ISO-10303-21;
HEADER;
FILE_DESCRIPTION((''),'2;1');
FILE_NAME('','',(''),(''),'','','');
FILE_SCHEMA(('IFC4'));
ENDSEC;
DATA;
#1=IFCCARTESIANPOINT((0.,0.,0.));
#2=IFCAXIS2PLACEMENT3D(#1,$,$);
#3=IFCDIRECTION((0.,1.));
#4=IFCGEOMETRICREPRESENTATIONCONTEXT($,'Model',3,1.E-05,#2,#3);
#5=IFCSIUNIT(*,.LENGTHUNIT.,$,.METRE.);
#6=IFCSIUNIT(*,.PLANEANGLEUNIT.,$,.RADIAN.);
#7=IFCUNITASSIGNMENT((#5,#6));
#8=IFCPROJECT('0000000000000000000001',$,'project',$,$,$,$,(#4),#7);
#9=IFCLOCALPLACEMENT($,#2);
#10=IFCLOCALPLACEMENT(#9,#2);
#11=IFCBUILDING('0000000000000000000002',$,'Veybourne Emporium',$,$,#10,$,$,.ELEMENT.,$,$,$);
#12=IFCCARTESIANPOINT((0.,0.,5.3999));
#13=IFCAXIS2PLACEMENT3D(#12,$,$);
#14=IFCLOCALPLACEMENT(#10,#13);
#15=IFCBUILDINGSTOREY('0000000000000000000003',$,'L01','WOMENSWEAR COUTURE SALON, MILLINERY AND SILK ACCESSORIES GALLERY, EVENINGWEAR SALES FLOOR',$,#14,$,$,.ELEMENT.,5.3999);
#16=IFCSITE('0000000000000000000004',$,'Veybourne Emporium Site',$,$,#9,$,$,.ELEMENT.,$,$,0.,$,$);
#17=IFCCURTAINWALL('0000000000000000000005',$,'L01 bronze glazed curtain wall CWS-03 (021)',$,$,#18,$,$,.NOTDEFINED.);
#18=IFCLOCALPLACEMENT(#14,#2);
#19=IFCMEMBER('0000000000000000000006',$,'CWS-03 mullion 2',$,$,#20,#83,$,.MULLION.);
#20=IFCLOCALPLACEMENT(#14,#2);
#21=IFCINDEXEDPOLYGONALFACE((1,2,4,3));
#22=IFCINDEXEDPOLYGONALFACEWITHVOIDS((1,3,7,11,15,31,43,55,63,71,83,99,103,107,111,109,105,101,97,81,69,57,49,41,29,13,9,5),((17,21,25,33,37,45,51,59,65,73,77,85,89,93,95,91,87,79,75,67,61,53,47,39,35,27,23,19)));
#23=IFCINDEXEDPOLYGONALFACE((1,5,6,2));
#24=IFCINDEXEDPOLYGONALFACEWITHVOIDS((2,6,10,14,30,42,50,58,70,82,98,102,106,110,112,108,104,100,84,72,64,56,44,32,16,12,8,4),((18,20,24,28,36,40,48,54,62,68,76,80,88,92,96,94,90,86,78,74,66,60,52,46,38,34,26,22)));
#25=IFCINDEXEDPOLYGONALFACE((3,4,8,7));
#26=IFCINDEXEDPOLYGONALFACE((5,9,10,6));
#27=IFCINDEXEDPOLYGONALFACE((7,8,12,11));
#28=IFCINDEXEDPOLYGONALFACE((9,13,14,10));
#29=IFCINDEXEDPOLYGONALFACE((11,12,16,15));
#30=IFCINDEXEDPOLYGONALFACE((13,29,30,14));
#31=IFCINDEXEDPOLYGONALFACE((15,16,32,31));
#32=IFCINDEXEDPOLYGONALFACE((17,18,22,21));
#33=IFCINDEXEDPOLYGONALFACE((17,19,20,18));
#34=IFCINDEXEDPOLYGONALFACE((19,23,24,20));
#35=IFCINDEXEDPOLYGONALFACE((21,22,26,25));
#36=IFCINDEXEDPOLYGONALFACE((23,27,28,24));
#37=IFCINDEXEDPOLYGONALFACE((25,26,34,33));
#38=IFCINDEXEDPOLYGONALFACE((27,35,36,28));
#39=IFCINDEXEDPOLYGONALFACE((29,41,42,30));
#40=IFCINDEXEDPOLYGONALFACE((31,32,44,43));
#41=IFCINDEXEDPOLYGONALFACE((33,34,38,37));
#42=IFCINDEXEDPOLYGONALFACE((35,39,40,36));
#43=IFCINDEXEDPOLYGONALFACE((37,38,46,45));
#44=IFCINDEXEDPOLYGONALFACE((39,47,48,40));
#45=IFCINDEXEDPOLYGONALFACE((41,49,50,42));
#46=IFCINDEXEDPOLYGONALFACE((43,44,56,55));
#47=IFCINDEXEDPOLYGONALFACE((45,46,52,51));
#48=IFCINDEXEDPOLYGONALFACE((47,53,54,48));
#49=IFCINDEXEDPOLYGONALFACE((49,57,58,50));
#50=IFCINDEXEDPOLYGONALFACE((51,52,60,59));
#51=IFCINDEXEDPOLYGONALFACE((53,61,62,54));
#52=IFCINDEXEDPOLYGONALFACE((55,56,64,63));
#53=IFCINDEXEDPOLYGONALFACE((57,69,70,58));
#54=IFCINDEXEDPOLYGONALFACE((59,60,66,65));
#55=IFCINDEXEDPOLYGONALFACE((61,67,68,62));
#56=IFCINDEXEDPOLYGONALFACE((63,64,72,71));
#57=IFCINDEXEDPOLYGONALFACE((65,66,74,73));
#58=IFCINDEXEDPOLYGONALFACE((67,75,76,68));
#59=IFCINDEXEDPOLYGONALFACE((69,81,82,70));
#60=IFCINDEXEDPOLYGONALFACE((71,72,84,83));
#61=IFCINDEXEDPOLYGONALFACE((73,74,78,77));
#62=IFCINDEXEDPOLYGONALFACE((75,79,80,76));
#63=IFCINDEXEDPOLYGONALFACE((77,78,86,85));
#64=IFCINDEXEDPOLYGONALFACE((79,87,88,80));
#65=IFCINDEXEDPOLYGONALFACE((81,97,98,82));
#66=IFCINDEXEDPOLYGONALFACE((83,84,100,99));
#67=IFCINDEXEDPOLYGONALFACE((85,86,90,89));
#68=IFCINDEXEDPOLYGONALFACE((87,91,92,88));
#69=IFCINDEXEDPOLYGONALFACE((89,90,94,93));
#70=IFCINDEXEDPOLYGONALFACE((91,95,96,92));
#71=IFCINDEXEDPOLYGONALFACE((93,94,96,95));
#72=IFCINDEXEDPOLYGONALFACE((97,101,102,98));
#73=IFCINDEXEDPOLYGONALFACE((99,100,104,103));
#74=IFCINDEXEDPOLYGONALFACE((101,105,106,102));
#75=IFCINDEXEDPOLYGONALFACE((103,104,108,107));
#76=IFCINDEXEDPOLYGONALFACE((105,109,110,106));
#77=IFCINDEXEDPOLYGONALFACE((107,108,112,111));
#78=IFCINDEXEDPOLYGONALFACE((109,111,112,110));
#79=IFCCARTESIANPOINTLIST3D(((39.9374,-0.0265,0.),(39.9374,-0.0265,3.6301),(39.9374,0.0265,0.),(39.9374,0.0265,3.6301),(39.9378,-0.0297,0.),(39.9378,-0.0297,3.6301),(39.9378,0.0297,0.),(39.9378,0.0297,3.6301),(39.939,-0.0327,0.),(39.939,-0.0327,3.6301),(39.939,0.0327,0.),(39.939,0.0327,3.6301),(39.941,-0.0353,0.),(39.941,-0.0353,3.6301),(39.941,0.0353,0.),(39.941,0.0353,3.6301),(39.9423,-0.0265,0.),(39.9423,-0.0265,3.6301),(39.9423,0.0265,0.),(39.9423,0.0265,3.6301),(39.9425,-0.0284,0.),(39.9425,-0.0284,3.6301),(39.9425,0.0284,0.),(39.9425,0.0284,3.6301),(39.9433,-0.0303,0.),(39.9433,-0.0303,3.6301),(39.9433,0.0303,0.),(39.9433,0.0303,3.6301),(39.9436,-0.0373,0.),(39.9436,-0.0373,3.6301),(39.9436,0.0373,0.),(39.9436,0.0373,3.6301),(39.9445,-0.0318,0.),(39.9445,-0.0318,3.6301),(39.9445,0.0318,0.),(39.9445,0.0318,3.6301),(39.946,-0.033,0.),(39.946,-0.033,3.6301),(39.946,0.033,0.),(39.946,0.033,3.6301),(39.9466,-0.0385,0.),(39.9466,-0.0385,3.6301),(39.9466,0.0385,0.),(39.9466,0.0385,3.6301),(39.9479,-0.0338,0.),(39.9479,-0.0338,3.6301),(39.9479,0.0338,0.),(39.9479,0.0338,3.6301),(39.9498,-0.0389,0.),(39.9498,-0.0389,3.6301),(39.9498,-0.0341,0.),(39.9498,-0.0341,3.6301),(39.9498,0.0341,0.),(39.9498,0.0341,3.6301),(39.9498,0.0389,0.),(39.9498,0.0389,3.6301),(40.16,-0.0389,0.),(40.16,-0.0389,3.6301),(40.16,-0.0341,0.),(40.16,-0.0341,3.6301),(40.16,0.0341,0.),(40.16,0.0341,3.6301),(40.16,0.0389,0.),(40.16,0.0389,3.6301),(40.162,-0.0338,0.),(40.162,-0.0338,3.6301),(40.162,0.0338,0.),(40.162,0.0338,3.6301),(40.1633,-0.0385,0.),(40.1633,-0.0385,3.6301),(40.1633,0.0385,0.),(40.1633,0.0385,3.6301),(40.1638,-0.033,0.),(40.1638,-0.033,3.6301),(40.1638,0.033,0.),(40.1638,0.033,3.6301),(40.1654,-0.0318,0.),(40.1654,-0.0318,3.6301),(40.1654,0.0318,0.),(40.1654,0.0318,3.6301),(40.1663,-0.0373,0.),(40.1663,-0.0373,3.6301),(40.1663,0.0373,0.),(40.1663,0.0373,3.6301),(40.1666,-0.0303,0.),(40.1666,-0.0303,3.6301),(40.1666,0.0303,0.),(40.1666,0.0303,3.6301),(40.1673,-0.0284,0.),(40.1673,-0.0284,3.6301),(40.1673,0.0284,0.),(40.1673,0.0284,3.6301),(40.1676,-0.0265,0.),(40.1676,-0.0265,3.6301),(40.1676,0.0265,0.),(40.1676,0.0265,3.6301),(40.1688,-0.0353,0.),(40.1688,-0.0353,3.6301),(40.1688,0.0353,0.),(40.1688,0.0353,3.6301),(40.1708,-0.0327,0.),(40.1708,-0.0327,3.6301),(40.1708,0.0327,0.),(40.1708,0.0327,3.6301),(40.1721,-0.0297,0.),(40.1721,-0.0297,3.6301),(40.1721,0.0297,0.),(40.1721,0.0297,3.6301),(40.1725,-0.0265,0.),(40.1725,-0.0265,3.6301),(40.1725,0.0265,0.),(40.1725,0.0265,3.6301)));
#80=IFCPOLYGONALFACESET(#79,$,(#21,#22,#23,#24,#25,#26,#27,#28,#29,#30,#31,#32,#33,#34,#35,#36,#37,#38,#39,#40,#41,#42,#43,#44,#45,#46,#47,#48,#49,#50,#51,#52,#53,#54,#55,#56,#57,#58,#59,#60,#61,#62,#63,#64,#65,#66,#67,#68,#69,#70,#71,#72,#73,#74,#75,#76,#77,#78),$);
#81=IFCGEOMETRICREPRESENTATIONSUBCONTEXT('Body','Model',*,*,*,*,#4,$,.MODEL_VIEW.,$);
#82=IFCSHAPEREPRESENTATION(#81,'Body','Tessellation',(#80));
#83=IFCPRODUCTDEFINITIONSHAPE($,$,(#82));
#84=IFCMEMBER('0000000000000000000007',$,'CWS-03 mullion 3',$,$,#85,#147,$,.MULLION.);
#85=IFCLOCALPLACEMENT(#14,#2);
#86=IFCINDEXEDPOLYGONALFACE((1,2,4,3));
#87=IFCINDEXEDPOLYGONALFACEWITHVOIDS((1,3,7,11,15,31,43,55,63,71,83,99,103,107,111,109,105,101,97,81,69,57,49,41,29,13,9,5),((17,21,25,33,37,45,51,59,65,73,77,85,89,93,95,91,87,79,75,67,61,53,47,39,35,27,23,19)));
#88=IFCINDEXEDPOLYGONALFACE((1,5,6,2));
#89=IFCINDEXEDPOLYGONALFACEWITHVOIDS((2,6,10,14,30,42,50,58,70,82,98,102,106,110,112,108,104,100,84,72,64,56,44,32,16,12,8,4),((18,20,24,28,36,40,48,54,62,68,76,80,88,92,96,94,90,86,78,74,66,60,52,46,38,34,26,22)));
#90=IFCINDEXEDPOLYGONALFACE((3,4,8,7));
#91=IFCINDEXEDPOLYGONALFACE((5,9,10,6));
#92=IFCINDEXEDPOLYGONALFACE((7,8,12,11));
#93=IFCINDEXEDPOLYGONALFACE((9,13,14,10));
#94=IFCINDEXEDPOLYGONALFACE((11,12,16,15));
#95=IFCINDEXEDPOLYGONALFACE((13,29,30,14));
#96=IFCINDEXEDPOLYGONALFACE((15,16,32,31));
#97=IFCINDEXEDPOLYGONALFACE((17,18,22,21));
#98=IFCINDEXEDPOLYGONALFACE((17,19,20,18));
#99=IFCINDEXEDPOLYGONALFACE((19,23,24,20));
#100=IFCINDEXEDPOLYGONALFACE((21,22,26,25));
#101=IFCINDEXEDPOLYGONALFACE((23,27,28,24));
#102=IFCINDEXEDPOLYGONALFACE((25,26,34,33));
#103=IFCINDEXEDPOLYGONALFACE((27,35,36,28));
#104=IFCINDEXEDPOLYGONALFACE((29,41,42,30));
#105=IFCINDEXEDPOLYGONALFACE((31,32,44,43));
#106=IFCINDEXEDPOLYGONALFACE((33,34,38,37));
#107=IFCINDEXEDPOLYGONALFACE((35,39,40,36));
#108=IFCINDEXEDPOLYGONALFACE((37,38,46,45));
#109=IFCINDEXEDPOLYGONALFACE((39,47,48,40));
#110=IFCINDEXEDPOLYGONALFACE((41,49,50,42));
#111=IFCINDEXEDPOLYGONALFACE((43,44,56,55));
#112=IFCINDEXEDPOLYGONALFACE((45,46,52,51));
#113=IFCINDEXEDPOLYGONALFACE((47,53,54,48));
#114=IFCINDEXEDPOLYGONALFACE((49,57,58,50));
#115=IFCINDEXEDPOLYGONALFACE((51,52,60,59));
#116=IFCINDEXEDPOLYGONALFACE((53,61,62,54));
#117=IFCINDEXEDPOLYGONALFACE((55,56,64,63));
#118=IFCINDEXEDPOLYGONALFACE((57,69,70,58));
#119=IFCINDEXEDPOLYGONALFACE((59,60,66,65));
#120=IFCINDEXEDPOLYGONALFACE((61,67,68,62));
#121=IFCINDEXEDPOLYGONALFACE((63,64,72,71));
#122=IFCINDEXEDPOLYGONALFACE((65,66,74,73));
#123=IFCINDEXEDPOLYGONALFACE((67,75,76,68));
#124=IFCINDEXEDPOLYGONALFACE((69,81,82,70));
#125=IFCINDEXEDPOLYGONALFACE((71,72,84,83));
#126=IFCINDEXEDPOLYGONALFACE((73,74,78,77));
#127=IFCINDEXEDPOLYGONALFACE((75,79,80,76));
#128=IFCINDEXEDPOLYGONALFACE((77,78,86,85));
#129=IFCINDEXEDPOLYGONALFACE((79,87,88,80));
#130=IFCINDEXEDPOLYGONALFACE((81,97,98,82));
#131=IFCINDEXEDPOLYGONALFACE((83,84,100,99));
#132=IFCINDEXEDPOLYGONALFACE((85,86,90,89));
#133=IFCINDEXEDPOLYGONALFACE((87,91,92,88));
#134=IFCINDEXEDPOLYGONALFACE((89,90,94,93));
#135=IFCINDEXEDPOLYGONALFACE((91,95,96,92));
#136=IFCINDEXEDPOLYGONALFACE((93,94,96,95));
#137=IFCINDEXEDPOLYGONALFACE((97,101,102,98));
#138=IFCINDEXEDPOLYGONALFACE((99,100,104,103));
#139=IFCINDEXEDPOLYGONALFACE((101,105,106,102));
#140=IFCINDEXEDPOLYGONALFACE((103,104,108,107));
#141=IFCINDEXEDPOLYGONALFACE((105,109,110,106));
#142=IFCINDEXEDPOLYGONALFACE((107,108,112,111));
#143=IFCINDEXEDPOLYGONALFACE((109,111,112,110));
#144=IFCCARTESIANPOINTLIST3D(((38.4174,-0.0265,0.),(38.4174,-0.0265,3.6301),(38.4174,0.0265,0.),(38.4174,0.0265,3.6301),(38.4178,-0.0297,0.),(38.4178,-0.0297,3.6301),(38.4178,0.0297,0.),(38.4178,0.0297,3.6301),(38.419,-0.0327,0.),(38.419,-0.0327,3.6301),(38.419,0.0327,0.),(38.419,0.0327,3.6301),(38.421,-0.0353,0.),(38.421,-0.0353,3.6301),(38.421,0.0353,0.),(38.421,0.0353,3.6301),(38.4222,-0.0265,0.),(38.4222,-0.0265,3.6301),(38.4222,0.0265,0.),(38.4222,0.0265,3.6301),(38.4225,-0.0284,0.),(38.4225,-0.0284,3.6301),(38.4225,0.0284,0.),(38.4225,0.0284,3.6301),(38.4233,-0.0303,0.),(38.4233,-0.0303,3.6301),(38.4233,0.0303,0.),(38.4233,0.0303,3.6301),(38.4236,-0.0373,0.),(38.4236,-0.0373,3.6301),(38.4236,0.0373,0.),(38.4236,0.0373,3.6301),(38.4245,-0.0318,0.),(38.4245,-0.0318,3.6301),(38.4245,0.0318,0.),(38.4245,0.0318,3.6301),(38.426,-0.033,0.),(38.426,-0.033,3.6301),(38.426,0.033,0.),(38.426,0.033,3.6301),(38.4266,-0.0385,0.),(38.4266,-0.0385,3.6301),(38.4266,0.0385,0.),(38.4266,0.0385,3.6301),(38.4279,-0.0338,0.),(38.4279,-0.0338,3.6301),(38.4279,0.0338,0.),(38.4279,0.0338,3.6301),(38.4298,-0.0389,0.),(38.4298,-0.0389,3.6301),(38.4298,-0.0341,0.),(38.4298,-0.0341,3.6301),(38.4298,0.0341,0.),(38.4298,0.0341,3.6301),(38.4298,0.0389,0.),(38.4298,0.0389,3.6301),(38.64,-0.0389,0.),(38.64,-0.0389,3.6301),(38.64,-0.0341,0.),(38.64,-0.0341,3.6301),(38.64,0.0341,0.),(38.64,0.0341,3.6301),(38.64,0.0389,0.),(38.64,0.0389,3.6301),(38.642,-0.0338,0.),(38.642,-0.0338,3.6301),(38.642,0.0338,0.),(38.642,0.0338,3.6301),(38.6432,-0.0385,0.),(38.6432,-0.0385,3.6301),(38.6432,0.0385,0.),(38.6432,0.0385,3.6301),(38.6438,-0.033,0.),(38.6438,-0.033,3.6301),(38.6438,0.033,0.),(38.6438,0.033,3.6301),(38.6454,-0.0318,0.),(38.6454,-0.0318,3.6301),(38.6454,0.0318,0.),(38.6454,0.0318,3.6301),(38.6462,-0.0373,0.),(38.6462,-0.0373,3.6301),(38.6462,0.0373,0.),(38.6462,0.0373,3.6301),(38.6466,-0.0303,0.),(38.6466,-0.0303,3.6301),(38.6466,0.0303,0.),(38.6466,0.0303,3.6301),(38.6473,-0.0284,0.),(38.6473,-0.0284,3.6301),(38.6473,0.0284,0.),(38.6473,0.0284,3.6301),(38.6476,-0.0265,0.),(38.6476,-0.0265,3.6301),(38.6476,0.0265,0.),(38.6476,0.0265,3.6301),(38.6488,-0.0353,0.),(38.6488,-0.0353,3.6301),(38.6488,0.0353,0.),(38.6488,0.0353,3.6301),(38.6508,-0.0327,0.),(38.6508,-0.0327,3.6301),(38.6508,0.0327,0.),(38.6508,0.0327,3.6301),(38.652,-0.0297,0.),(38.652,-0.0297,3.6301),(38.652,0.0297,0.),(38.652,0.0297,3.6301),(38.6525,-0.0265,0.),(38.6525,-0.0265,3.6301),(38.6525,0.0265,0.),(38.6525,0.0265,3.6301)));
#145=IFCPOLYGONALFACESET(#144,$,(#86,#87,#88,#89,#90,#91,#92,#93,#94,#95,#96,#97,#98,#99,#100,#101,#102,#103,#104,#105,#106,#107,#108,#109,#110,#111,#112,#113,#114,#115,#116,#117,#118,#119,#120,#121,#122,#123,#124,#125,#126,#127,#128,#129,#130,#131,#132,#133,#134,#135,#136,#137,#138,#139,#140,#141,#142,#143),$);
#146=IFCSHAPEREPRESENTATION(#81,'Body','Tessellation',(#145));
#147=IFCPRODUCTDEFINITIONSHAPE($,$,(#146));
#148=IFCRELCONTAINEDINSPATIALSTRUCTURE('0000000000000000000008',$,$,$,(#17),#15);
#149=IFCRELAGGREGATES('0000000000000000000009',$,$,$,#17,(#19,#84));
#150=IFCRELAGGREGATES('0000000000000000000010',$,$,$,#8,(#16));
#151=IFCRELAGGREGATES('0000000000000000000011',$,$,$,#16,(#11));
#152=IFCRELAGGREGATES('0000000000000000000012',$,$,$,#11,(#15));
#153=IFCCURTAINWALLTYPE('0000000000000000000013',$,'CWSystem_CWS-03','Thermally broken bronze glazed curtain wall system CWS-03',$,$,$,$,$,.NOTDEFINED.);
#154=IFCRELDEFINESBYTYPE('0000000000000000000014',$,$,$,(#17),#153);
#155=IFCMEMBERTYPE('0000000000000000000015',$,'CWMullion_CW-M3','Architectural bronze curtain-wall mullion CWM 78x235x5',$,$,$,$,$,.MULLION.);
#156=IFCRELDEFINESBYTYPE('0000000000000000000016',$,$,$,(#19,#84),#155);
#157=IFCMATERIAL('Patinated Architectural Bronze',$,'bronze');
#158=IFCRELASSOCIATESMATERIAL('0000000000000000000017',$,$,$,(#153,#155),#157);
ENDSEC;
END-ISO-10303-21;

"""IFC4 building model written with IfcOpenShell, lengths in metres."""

from ifc_helpers import new_model, si_unit, direction, frame, origin, origin_2d, place, context, subcontext, project, spatial, hollow_rectangle, extrude, material, material_profile, profile_set, type_object, element, aggregate, save


model = new_model("IFC4")

# Units and contexts
model_context = context("Model", 3, precision=1e-05, world=origin(), true_north=direction((0.0, 1.0)))
body_context = subcontext(model_context, "Body", "Model", "MODEL_VIEW")
ifc_project = project(units=[si_unit("LENGTHUNIT", "METRE"), si_unit("PLANEANGLEUNIT", "RADIAN")], contexts=[model_context])

# Site, building, storey
site_placement = place(None, origin())
site = spatial("IfcSite", under=ifc_project, at=site_placement, Name="Veybourne Emporium Site", CompositionType="ELEMENT", RefElevation=0.0)
building_placement = place(site_placement, origin())
building = spatial("IfcBuilding", under=site, at=building_placement, Name="Veybourne Emporium", CompositionType="ELEMENT")
storey_placement = place(building_placement, frame((0.0, 0.0, 5.3999)))
storey = spatial("IfcBuildingStorey", under=building, at=storey_placement, Name="L01", Description="WOMENSWEAR COUTURE SALON, MILLINERY AND SILK ACCESSORIES GALLERY, EVENINGWEAR SALES FLOOR", CompositionType="ELEMENT", Elevation=5.3999)

# Curtain wall, members
ifc_material_1 = material(Name="Patinated Architectural Bronze", Category="bronze")
curtain_wall_type = type_object("IfcCurtainWallType", Name="CWSystem_CWS-03", Description="Thermally broken bronze glazed curtain wall system CWS-03", PredefinedType="NOTDEFINED", material=ifc_material_1)
curtain_wall_placement = place(storey_placement, origin())
curtain_wall = element("IfcCurtainWall", 1, at=curtain_wall_placement, inside=storey, type_object=curtain_wall_type, Name="L01 bronze glazed curtain wall CWS-03 (021)", PredefinedType="NOTDEFINED")
ifc_material_profile_1 = material_profile(ifc_material_1, hollow_rectangle(XDim=0.0779, YDim=0.2351, WallThickness=0.0049, InnerFilletRadius=0.0076, OuterFilletRadius=0.0125, at=origin_2d()), Name="CWM 78x235x5")
ifc_profile_set_1 = profile_set([ifc_material_profile_1], Name="Patinated Architectural Bronze")
member_type_1 = type_object("IfcMemberType", Name="CWMullion_CW-M3", Description="Architectural bronze curtain-wall mullion CWM 78x235x5", PredefinedType="MULLION", material=ifc_profile_set_1)
member_1_placement = place(storey_placement, frame((40.0549, 0.0, 0.0), z_axis=(0.0, 0.0, 1.0), x_axis=(0.0, -1.0, 0.0)))
member_1 = element("IfcMember", 2, at=member_1_placement, type_object=member_type_1, Name="CWS-03 mullion 2", PredefinedType="MULLION", context=body_context, shape_type="SweptSolid", body=[
    extrude(hollow_rectangle(XDim=0.0779, YDim=0.2351, WallThickness=0.0049, InnerFilletRadius=0.0076, OuterFilletRadius=0.0125, at=origin_2d()), origin(), (0.0, 0.0, 1.0), 3.6301),
])
member_2_placement = place(storey_placement, frame((38.5349, 0.0, 0.0), z_axis=(0.0, 0.0, 1.0), x_axis=(0.0, -1.0, 0.0)))
member_2 = element("IfcMember", 3, at=member_2_placement, type_object=member_type_1, Name="CWS-03 mullion 3", PredefinedType="MULLION", context=body_context, shape_type="SweptSolid", body=[
    extrude(hollow_rectangle(XDim=0.0779, YDim=0.2351, WallThickness=0.0049, InnerFilletRadius=0.0076, OuterFilletRadius=0.0125, at=origin_2d()), origin(), (0.0, 0.0, 1.0), 3.6301),
])
aggregate(curtain_wall, [member_1, member_2])

save(model, "model.ifc")
